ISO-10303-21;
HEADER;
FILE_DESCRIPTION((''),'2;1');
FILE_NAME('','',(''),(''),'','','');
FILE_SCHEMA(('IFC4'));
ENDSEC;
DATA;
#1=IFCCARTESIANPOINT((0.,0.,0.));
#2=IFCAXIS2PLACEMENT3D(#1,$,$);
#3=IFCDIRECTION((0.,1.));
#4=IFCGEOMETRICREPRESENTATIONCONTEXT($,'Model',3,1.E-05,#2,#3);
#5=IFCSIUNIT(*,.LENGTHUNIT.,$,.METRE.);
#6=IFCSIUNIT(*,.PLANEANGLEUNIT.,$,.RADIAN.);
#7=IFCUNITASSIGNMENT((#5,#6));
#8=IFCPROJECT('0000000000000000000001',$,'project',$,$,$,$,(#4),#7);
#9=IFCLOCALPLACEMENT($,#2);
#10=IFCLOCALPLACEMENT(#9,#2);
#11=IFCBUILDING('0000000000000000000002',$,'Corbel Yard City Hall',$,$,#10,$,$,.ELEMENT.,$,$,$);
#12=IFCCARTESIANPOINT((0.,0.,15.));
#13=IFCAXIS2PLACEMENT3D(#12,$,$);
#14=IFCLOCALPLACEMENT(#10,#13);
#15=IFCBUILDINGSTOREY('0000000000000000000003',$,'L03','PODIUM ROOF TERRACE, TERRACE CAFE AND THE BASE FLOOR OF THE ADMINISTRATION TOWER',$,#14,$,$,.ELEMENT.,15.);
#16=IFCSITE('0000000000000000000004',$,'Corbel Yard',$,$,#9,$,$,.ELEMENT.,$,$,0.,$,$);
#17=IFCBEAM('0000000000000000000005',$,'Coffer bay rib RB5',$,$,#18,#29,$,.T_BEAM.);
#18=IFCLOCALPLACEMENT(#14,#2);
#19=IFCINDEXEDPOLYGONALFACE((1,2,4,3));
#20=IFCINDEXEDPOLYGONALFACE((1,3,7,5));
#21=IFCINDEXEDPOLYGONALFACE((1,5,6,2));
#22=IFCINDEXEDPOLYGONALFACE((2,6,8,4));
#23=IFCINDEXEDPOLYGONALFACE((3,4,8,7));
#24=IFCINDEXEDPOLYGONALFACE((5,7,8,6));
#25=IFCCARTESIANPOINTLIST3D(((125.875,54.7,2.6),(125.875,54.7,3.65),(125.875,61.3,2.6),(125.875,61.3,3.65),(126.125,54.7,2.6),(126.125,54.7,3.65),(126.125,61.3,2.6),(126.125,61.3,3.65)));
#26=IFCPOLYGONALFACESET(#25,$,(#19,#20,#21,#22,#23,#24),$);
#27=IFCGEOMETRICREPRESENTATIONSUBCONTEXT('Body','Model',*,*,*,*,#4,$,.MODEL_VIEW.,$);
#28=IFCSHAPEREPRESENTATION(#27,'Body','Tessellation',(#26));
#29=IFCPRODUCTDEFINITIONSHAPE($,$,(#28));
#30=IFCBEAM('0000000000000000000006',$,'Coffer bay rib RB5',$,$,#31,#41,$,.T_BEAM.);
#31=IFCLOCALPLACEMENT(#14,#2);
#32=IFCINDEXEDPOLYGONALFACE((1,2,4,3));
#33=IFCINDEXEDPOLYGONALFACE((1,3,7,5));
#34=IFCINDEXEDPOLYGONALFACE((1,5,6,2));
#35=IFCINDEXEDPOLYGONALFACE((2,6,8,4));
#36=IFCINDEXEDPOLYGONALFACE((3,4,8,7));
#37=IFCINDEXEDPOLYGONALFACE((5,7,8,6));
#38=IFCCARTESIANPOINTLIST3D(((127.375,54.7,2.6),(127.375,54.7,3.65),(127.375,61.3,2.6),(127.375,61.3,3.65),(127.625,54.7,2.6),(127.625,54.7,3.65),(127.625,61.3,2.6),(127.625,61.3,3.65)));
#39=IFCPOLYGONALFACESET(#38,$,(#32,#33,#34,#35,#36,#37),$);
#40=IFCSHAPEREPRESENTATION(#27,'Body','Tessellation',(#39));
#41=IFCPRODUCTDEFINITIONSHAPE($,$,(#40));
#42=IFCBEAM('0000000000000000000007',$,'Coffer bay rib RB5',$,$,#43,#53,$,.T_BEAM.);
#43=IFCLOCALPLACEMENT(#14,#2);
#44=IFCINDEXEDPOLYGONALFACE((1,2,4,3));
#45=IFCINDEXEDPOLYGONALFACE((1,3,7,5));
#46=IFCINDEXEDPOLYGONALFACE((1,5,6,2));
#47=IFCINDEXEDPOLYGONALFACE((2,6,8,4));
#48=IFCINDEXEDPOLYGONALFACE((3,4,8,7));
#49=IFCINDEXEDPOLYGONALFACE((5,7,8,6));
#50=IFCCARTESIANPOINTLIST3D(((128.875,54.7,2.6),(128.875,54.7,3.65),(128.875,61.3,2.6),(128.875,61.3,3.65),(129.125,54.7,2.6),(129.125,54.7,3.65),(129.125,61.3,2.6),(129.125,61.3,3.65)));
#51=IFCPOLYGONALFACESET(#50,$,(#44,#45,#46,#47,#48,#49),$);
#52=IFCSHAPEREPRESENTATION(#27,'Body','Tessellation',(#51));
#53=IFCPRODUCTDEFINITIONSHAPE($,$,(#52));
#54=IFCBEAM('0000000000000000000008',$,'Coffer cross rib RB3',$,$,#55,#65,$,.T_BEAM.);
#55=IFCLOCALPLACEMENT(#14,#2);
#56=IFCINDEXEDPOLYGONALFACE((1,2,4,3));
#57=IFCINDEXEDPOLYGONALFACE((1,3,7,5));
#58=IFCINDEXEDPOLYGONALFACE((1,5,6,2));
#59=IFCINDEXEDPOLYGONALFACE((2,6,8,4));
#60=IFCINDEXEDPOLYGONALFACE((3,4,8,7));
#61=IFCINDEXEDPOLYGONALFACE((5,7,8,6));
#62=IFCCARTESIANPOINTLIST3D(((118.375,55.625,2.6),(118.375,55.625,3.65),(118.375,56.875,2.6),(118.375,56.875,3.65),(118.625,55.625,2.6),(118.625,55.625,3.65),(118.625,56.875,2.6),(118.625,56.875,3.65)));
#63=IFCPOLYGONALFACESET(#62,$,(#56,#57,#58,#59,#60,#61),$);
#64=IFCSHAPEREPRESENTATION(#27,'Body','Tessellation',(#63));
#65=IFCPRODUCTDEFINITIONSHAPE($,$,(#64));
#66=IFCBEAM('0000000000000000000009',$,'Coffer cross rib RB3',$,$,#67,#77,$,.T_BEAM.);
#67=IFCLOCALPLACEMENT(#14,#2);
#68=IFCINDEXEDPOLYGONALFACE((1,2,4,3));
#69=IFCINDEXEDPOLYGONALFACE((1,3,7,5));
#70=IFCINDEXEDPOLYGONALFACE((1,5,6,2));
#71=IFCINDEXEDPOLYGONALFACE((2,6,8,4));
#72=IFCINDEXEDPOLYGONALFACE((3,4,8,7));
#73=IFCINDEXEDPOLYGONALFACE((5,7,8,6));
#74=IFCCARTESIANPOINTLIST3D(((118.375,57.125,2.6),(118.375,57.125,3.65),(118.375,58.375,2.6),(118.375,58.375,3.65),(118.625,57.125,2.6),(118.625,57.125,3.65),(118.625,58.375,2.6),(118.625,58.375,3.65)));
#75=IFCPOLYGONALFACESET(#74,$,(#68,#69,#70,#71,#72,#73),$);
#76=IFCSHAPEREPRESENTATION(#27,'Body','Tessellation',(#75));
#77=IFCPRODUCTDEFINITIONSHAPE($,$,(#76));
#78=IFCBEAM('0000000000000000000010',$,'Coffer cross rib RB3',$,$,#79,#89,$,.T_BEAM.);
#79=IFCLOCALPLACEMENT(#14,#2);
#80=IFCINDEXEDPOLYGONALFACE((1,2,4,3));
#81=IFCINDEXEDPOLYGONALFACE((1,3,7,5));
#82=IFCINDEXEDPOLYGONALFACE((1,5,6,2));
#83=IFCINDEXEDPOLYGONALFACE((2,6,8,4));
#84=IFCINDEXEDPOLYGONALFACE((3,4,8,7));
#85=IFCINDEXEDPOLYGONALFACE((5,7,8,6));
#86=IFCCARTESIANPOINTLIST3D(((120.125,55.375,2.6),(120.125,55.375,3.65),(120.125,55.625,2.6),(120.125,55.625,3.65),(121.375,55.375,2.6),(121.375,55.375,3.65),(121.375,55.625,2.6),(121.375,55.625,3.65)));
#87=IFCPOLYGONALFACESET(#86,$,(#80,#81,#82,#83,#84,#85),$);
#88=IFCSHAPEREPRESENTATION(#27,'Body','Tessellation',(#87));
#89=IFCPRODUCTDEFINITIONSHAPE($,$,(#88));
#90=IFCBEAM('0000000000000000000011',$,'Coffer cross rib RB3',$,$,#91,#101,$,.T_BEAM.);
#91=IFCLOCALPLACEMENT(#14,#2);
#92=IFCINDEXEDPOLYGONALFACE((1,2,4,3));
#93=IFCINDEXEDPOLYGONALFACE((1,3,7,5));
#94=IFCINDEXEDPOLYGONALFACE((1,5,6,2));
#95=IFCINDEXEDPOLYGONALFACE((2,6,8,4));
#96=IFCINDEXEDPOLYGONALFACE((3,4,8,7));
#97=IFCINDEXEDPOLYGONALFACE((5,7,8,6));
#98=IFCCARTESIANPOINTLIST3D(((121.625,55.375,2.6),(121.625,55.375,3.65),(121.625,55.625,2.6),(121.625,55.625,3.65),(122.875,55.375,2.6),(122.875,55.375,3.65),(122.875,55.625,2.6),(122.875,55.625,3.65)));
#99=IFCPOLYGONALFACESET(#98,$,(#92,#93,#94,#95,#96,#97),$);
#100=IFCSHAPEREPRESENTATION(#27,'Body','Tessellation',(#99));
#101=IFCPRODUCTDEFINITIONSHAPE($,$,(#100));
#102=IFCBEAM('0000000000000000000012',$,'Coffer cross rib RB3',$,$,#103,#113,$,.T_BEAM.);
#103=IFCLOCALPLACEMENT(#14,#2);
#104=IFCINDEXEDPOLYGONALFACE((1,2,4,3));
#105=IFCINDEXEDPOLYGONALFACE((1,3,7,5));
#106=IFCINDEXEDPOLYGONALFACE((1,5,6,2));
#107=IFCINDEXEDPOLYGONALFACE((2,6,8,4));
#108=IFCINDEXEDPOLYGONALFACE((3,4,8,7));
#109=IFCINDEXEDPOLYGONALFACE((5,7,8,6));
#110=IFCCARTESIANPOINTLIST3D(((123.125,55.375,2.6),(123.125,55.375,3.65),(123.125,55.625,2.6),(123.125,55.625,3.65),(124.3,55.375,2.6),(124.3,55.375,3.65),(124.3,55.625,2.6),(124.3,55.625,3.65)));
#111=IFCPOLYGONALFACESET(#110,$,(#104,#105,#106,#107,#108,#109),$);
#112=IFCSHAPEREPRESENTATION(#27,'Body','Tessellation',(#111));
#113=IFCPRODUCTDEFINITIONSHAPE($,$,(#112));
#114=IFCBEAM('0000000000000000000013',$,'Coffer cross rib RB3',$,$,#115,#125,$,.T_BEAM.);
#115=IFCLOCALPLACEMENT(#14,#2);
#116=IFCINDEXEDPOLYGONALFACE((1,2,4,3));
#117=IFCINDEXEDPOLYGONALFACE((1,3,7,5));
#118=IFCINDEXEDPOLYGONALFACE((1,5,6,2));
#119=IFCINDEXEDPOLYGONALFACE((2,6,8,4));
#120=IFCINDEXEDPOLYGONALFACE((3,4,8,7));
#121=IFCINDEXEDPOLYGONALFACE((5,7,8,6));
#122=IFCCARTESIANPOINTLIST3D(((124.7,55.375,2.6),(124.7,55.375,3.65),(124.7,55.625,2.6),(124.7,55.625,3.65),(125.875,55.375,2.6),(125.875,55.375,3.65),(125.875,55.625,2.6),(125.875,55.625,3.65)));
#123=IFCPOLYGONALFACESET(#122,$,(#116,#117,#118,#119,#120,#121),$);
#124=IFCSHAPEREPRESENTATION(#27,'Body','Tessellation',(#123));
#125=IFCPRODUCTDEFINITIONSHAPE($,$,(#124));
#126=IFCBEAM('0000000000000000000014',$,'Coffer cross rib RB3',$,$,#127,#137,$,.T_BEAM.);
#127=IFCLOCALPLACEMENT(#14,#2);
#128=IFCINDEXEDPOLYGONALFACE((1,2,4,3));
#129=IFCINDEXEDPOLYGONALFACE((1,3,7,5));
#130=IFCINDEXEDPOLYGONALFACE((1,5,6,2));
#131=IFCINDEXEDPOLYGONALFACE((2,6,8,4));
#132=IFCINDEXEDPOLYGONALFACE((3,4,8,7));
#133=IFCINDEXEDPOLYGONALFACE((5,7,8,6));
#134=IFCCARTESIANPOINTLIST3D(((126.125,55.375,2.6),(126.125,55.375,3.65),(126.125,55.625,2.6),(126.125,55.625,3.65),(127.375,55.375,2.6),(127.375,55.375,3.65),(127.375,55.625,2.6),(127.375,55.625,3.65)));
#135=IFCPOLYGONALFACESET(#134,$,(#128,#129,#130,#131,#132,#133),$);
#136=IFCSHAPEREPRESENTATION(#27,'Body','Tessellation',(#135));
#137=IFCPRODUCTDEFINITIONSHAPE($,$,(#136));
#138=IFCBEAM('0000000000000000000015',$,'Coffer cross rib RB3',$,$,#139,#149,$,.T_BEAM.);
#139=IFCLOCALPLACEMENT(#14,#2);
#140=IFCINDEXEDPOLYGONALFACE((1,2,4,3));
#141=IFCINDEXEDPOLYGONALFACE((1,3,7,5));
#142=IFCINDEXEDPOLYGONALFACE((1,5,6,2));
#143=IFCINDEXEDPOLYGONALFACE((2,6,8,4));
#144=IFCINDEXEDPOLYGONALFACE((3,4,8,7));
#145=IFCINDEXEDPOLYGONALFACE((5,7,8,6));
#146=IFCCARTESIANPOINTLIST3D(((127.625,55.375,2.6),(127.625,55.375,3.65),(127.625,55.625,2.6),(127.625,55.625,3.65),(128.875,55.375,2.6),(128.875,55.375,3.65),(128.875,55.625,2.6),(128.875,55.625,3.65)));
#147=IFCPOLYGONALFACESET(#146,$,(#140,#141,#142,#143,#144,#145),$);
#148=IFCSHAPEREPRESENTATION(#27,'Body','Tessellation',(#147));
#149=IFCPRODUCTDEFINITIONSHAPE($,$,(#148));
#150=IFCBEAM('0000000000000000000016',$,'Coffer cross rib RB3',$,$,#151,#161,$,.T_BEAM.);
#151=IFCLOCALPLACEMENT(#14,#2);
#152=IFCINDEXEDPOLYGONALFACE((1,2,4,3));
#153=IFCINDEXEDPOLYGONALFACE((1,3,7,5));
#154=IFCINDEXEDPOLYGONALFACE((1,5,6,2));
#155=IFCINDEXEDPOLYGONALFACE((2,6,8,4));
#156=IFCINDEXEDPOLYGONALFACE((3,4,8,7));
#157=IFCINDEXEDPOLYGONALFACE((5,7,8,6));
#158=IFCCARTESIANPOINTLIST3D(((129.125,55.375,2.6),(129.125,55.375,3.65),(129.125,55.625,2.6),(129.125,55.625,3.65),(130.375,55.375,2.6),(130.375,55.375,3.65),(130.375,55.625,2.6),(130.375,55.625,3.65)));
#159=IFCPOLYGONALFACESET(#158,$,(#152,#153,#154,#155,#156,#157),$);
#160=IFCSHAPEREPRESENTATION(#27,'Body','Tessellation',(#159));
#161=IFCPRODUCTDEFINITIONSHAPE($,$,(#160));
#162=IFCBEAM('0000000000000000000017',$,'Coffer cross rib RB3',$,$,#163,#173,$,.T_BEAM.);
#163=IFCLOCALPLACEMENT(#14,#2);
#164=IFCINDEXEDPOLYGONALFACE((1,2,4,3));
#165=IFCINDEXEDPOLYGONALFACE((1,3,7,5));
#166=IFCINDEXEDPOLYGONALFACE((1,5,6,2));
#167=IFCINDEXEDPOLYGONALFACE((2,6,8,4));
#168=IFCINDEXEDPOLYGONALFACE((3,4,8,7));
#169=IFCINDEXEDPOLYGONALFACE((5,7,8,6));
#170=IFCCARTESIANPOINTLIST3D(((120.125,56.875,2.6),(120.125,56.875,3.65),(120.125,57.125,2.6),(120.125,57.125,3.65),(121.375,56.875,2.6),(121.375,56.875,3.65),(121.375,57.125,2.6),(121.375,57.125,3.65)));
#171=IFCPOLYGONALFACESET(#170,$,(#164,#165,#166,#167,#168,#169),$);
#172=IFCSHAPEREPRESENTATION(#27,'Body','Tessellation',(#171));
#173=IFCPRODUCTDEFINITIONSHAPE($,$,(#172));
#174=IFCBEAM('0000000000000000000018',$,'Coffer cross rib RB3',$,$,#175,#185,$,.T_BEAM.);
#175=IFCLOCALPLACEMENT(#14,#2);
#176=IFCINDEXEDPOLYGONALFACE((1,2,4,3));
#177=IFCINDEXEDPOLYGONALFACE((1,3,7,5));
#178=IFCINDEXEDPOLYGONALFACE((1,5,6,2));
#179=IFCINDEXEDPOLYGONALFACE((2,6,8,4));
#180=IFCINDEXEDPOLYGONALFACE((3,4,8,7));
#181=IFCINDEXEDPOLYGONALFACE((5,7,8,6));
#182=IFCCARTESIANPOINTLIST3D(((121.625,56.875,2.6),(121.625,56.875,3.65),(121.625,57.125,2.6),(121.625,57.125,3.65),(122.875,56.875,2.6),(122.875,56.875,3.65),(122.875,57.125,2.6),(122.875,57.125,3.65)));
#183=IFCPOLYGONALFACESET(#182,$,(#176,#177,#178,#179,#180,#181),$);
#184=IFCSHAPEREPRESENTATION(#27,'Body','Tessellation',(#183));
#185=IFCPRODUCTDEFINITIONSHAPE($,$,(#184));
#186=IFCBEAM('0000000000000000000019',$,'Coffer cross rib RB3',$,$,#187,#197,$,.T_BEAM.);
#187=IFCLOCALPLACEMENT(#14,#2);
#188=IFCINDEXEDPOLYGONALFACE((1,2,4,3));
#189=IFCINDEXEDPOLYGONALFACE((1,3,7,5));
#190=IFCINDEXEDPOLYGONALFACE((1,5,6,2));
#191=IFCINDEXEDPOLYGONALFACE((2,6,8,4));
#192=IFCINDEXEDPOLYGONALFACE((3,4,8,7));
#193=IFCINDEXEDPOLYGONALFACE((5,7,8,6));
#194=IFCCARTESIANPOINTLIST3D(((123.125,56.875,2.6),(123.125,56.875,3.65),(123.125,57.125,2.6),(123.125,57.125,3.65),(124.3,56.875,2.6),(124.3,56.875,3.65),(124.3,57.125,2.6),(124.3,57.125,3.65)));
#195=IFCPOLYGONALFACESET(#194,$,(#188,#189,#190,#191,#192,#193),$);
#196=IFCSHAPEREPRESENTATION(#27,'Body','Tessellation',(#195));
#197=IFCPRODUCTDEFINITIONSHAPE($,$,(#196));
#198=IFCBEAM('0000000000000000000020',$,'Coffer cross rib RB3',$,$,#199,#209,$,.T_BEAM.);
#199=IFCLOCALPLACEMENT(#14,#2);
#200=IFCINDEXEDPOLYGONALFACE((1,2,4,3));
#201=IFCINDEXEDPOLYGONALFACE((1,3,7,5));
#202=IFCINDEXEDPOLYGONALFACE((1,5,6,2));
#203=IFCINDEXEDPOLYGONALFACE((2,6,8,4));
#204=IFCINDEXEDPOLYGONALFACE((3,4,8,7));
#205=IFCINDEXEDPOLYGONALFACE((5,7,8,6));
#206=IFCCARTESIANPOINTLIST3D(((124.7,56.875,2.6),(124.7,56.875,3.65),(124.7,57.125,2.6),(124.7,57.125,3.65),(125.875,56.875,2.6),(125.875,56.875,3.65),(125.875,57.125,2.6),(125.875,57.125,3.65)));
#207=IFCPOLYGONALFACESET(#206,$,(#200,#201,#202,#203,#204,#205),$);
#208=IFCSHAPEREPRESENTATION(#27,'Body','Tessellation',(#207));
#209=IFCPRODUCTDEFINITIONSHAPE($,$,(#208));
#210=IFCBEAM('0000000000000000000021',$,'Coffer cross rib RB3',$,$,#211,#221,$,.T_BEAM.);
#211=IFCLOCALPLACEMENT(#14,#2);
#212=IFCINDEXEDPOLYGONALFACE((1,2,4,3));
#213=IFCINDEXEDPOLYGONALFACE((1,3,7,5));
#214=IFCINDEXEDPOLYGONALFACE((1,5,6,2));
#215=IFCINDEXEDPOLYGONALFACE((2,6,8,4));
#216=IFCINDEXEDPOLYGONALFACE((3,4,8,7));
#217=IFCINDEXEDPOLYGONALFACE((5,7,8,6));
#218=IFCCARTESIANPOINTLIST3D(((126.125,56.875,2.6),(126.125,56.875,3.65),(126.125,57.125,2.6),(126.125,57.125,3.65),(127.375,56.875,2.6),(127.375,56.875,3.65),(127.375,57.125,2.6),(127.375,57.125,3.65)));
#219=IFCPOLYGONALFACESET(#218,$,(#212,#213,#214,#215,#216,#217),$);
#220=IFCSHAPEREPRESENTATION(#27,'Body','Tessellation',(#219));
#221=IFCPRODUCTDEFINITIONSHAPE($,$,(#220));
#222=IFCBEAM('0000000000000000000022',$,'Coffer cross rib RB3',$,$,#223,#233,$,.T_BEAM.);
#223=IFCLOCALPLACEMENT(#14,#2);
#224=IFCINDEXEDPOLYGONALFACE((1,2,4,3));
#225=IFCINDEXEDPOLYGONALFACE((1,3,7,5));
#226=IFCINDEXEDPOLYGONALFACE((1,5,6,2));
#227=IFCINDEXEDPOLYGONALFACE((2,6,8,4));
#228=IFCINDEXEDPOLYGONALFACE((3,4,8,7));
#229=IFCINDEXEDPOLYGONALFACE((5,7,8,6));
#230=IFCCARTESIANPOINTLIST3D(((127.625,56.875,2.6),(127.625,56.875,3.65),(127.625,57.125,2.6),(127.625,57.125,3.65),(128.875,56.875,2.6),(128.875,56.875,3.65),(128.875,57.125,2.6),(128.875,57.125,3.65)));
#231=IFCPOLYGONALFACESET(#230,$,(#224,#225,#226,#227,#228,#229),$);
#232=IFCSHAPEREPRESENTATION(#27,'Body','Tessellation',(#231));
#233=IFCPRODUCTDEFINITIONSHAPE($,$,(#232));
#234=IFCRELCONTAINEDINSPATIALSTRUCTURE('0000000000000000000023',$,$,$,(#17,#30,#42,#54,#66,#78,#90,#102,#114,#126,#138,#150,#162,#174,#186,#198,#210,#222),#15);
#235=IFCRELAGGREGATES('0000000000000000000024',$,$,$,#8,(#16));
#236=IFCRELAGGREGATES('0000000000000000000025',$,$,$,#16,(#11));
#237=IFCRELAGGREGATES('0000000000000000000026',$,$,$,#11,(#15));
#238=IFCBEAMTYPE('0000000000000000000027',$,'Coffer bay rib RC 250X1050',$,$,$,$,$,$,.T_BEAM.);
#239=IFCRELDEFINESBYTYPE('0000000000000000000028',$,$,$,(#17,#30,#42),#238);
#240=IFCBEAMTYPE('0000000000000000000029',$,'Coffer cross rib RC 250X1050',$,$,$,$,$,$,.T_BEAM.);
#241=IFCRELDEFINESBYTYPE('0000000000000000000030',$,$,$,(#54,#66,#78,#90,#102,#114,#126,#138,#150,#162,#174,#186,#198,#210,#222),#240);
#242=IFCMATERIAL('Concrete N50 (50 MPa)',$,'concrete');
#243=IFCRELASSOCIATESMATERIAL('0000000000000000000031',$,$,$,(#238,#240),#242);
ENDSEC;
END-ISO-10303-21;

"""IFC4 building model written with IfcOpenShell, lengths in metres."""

from ifc_helpers import new_model, si_unit, direction, frame, origin, origin_2d, place, context, subcontext, project, spatial, rectangle, extrude, material, material_profile, profile_set, type_object, element, save


model = new_model("IFC4")

# Units and contexts
model_context = context("Model", 3, precision=1e-05, world=origin(), true_north=direction((0.0, 1.0)))
body_context = subcontext(model_context, "Body", "Model", "MODEL_VIEW")
ifc_project = project(units=[si_unit("LENGTHUNIT", "METRE"), si_unit("PLANEANGLEUNIT", "RADIAN")], contexts=[model_context])

# Site, building, storey
site_placement = place(None, origin())
site = spatial("IfcSite", under=ifc_project, at=site_placement, Name="Corbel Yard", CompositionType="ELEMENT", RefElevation=0.0)
building_placement = place(site_placement, origin())
building = spatial("IfcBuilding", under=site, at=building_placement, Name="Corbel Yard City Hall", CompositionType="ELEMENT")
storey_placement = place(building_placement, frame((0.0, 0.0, 15.0)))
storey = spatial("IfcBuildingStorey", under=building, at=storey_placement, Name="L03", Description="PODIUM ROOF TERRACE, TERRACE CAFE AND THE BASE FLOOR OF THE ADMINISTRATION TOWER", CompositionType="ELEMENT", Elevation=15.0)

# Beams
ifc_material_1 = material(Name="Concrete N50 (50 MPa)", Category="concrete")
ifc_material_profile_1 = material_profile(ifc_material_1, rectangle(XDim=0.25, YDim=1.05, at=origin_2d()), Name="250x1050")
ifc_profile_set_1 = profile_set([ifc_material_profile_1], Name="Concrete N50 (50 MPa)")
beam_type_1 = type_object("IfcBeamType", Name="Coffer bay rib RC 250X1050", PredefinedType="T_BEAM", material=ifc_profile_set_1)
for number, where, z_axis, x_axis, name in (
    (1, (126.0, 54.7, 3.125), (0.0, 1.0, 0.0), (-1.0, 0.0, 0.0), "Coffer bay rib RB5"),
    (2, (127.5, 54.7, 3.125), (0.0, 1.0, 0.0), (-1.0, 0.0, 0.0), "Coffer bay rib RB5"),
    (3, (129.0, 54.7, 3.125), (0.0, 1.0, 0.0), (-1.0, 0.0, 0.0), "Coffer bay rib RB5"),
):
    element("IfcBeam", number, at=place(storey_placement, frame(where, z_axis=z_axis, x_axis=x_axis)), inside=storey, type_object=beam_type_1, Name=name, PredefinedType="T_BEAM", context=body_context, shape_type="SweptSolid", body=[
        extrude(rectangle(XDim=0.25, YDim=1.05, at=origin_2d()), origin(), (0.0, 0.0, 1.0), 6.6001),
    ])
ifc_material_profile_2 = material_profile(ifc_material_1, rectangle(XDim=0.25, YDim=1.05, at=origin_2d()), Name="250x1050")
ifc_profile_set_2 = profile_set([ifc_material_profile_2], Name="Concrete N50 (50 MPa)")
beam_type_2 = type_object("IfcBeamType", Name="Coffer cross rib RC 250X1050", PredefinedType="T_BEAM", material=ifc_profile_set_2)
for number, where, z_axis, x_axis, name in (
    (4, (118.5, 55.625, 3.125), (0.0, 1.0, 0.0), (-1.0, 0.0, 0.0), "Coffer cross rib RB3"),
    (5, (118.5, 57.125, 3.125), (0.0, 1.0, 0.0), (-1.0, 0.0, 0.0), "Coffer cross rib RB3"),
    (6, (120.125, 55.5, 3.125), (1.0, 0.0, 0.0), (0.0, 1.0, 0.0), "Coffer cross rib RB3"),
    (7, (121.625, 55.5, 3.125), (1.0, 0.0, 0.0), (0.0, 1.0, 0.0), "Coffer cross rib RB3"),
):
    element("IfcBeam", number, at=place(storey_placement, frame(where, z_axis=z_axis, x_axis=x_axis)), inside=storey, type_object=beam_type_2, Name=name, PredefinedType="T_BEAM", context=body_context, shape_type="SweptSolid", body=[
        extrude(rectangle(XDim=0.25, YDim=1.05, at=origin_2d()), origin(), (0.0, 0.0, 1.0), 1.25),
    ])
for number, where, z_axis, x_axis, name in (
    (8, (123.125, 55.5, 3.125), (1.0, 0.0, 0.0), (0.0, 1.0, 0.0), "Coffer cross rib RB3"),
    (9, (124.7, 55.5, 3.125), (1.0, 0.0, 0.0), (0.0, 1.0, 0.0), "Coffer cross rib RB3"),
):
    element("IfcBeam", number, at=place(storey_placement, frame(where, z_axis=z_axis, x_axis=x_axis)), inside=storey, type_object=beam_type_2, Name=name, PredefinedType="T_BEAM", context=body_context, shape_type="SweptSolid", body=[
        extrude(rectangle(XDim=0.25, YDim=1.05, at=origin_2d()), origin(), (0.0, 0.0, 1.0), 1.175),
    ])
for number, where, z_axis, x_axis, name in (
    (10, (126.125, 55.5, 3.125), (1.0, 0.0, 0.0), (0.0, 1.0, 0.0), "Coffer cross rib RB3"),
    (11, (127.625, 55.5, 3.125), (1.0, 0.0, 0.0), (0.0, 1.0, 0.0), "Coffer cross rib RB3"),
    (12, (129.125, 55.5, 3.125), (1.0, 0.0, 0.0), (0.0, 1.0, 0.0), "Coffer cross rib RB3"),
    (13, (120.125, 57.0, 3.125), (1.0, 0.0, 0.0), (0.0, 1.0, 0.0), "Coffer cross rib RB3"),
    (14, (121.625, 57.0, 3.125), (1.0, 0.0, 0.0), (0.0, 1.0, 0.0), "Coffer cross rib RB3"),
):
    element("IfcBeam", number, at=place(storey_placement, frame(where, z_axis=z_axis, x_axis=x_axis)), inside=storey, type_object=beam_type_2, Name=name, PredefinedType="T_BEAM", context=body_context, shape_type="SweptSolid", body=[
        extrude(rectangle(XDim=0.25, YDim=1.05, at=origin_2d()), origin(), (0.0, 0.0, 1.0), 1.25),
    ])
for number, where, z_axis, x_axis, name in (
    (15, (123.125, 57.0, 3.125), (1.0, 0.0, 0.0), (0.0, 1.0, 0.0), "Coffer cross rib RB3"),
    (16, (124.7, 57.0, 3.125), (1.0, 0.0, 0.0), (0.0, 1.0, 0.0), "Coffer cross rib RB3"),
):
    element("IfcBeam", number, at=place(storey_placement, frame(where, z_axis=z_axis, x_axis=x_axis)), inside=storey, type_object=beam_type_2, Name=name, PredefinedType="T_BEAM", context=body_context, shape_type="SweptSolid", body=[
        extrude(rectangle(XDim=0.25, YDim=1.05, at=origin_2d()), origin(), (0.0, 0.0, 1.0), 1.175),
    ])
for number, where, z_axis, x_axis, name in (
    (17, (126.125, 57.0, 3.125), (1.0, 0.0, 0.0), (0.0, 1.0, 0.0), "Coffer cross rib RB3"),
    (18, (127.625, 57.0, 3.125), (1.0, 0.0, 0.0), (0.0, 1.0, 0.0), "Coffer cross rib RB3"),
):
    element("IfcBeam", number, at=place(storey_placement, frame(where, z_axis=z_axis, x_axis=x_axis)), inside=storey, type_object=beam_type_2, Name=name, PredefinedType="T_BEAM", context=body_context, shape_type="SweptSolid", body=[
        extrude(rectangle(XDim=0.25, YDim=1.05, at=origin_2d()), origin(), (0.0, 0.0, 1.0), 1.25),
    ])

save(model, "model.ifc")
